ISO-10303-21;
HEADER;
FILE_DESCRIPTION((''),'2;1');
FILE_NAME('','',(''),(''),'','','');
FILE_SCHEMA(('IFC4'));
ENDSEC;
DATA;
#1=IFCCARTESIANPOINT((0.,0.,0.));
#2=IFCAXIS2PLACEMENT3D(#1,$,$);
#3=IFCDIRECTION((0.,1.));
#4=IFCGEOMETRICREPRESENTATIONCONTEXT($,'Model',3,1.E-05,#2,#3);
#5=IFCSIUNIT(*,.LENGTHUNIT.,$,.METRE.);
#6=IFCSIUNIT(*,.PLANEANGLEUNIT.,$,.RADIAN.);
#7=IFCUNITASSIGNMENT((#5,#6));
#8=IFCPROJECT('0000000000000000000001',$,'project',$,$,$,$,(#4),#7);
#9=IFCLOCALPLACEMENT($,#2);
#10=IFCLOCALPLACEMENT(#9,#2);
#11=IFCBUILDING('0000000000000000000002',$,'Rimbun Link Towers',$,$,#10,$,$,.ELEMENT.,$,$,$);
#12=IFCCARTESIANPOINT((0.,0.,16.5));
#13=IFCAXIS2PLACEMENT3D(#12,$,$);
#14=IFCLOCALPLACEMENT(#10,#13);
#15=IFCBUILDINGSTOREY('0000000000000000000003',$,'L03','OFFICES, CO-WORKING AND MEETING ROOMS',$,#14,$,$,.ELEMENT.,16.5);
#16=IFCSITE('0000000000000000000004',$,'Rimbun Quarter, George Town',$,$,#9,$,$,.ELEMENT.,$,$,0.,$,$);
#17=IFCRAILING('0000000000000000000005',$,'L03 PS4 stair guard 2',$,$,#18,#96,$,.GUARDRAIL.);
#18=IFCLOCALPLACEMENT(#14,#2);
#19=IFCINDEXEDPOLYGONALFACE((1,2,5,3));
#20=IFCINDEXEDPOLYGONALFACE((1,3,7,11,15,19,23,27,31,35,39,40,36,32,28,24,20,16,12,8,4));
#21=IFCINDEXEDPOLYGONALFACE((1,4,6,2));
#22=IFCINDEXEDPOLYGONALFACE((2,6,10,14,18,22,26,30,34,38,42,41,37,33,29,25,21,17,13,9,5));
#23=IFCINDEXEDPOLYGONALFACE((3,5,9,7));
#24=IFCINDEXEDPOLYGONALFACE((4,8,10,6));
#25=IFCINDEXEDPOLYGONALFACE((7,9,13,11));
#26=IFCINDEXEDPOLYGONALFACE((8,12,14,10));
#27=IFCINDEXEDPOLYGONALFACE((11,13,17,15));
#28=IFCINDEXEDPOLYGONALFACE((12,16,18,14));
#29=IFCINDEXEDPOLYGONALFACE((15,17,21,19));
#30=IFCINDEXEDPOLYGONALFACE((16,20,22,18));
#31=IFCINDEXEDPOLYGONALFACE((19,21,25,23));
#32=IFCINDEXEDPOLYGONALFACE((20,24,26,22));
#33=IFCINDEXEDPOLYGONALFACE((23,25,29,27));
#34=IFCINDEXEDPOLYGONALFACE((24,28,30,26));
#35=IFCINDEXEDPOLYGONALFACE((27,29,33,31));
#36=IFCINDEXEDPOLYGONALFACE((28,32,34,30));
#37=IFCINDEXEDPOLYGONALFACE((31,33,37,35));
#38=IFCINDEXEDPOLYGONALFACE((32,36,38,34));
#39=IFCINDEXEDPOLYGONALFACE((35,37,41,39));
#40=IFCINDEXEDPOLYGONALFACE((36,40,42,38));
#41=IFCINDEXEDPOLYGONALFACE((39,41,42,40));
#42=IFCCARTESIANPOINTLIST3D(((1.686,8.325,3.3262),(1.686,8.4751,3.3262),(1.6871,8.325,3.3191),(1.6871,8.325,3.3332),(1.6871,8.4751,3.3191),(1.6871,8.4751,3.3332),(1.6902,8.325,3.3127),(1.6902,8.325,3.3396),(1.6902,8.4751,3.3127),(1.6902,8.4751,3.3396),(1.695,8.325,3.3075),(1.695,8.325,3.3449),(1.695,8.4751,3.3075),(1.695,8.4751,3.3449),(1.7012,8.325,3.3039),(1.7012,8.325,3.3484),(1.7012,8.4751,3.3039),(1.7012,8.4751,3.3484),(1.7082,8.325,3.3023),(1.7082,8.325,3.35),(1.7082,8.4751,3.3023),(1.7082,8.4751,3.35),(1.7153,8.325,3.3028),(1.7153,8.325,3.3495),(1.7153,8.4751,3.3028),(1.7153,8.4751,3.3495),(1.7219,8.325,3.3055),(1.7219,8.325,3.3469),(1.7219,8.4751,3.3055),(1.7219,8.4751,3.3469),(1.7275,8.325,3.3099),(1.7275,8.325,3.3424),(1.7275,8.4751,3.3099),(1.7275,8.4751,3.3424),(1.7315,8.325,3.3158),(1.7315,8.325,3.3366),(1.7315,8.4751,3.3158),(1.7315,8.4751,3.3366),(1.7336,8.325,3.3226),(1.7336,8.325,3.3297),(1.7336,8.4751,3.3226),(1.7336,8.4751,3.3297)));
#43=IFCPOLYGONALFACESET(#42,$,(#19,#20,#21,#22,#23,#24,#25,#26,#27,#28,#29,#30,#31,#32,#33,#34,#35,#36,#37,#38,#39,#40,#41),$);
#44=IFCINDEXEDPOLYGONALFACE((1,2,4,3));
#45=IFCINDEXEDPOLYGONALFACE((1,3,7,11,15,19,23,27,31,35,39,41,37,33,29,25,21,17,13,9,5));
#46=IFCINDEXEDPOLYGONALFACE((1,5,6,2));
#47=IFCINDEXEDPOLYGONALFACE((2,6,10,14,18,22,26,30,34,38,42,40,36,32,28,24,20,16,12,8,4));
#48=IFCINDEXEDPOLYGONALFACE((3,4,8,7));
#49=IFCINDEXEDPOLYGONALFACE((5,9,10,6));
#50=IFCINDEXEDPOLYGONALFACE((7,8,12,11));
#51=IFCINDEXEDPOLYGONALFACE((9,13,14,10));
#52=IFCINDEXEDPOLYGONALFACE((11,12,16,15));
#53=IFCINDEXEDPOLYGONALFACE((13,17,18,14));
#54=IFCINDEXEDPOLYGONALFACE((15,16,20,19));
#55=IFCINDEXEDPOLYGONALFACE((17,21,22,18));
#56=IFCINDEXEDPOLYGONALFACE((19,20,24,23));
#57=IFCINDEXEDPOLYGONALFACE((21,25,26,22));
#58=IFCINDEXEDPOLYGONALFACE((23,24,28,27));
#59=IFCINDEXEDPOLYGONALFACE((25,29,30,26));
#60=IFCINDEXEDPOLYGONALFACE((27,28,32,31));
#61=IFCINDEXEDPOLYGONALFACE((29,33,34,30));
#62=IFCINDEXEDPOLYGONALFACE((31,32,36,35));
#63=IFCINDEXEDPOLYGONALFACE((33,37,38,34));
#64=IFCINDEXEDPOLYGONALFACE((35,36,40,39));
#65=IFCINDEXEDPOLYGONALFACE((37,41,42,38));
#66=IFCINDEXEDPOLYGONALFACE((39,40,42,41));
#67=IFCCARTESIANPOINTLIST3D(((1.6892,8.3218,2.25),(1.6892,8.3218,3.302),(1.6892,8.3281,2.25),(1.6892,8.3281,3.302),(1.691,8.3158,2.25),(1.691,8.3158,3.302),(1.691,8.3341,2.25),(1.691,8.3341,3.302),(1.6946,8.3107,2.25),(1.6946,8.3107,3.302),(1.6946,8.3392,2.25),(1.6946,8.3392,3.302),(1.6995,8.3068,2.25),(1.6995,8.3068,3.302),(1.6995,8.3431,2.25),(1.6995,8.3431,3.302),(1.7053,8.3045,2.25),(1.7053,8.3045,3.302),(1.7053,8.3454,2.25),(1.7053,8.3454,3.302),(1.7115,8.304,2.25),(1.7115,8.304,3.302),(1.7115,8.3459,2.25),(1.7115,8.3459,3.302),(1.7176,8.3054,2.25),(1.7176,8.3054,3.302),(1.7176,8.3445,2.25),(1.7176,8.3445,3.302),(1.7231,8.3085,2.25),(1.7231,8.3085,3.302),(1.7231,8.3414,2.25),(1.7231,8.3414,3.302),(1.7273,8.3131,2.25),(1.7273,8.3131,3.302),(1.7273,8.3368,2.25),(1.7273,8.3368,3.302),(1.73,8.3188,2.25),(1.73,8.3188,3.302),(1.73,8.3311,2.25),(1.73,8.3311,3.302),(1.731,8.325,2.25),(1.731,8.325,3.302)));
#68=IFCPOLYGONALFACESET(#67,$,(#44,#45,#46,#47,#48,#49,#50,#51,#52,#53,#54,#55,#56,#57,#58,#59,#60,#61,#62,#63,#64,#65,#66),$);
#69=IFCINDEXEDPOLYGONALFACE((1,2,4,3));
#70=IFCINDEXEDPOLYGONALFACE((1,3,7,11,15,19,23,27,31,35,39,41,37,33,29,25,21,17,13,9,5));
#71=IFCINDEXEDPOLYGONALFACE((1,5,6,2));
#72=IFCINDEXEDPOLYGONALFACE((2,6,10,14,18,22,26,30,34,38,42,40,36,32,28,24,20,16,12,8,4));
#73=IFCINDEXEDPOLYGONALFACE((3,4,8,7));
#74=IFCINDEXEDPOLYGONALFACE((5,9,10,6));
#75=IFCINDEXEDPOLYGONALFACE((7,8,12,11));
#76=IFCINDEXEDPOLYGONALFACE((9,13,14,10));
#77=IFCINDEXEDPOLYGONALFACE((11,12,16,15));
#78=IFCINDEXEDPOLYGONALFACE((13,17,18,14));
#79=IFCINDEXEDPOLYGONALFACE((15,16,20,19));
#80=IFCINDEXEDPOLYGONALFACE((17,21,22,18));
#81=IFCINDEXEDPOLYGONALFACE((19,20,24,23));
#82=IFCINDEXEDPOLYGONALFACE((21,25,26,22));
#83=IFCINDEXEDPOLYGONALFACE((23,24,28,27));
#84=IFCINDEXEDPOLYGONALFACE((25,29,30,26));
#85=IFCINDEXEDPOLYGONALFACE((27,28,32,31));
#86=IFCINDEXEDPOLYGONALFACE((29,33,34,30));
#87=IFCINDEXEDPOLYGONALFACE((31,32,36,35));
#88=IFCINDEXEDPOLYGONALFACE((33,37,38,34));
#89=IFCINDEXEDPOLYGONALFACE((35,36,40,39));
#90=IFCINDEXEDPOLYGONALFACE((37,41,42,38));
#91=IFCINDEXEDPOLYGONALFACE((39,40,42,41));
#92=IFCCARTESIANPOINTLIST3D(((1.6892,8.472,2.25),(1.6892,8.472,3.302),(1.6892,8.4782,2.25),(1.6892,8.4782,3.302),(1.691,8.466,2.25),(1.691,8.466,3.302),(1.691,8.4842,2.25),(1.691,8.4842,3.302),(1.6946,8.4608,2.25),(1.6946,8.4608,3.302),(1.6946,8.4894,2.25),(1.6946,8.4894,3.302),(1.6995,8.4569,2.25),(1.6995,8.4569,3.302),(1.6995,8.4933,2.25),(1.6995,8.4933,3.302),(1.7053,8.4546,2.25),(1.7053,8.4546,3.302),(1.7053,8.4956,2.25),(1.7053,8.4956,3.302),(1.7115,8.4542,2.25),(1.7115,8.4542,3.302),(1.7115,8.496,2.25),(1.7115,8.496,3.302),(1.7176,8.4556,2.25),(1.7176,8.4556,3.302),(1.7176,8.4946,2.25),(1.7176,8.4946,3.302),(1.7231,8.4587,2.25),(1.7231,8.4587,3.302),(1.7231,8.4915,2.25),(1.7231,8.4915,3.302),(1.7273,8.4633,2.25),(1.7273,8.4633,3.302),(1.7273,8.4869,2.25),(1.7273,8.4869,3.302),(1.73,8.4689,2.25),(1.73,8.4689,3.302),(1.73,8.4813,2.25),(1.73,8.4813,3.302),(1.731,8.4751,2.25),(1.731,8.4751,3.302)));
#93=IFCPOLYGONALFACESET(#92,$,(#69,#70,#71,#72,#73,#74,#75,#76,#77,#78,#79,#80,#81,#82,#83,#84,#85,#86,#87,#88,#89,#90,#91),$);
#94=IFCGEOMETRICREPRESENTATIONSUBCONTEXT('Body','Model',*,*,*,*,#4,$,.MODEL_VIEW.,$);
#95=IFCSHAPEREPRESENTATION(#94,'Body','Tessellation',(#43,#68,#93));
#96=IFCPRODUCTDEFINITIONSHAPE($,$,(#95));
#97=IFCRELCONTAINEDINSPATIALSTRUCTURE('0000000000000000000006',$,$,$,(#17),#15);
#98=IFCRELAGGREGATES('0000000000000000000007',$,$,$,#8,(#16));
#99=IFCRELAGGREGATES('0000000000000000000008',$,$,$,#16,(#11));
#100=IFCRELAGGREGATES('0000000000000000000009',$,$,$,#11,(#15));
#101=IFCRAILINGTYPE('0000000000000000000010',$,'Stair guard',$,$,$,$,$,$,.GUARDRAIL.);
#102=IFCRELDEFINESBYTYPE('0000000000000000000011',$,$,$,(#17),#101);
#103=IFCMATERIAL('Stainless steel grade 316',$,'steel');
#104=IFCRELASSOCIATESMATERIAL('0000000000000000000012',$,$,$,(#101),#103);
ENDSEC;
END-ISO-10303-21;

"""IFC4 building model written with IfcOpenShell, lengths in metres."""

from ifc_helpers import new_model, si_unit, direction, frame, origin, origin_2d, place, context, subcontext, project, spatial, circle, extrude, material, type_object, element, save


model = new_model("IFC4")

# Units and contexts
model_context = context("Model", 3, precision=1e-05, world=origin(), true_north=direction((0.0, 1.0)))
body_context = subcontext(model_context, "Body", "Model", "MODEL_VIEW")
ifc_project = project(units=[si_unit("LENGTHUNIT", "METRE"), si_unit("PLANEANGLEUNIT", "RADIAN")], contexts=[model_context])

# Site, building, storey
site_placement = place(None, origin())
site = spatial("IfcSite", under=ifc_project, at=site_placement, Name="Rimbun Quarter, George Town", CompositionType="ELEMENT", RefElevation=0.0)
building_placement = place(site_placement, origin())
building = spatial("IfcBuilding", under=site, at=building_placement, Name="Rimbun Link Towers", CompositionType="ELEMENT")
storey_placement = place(building_placement, frame((0.0, 0.0, 16.5)))
storey = spatial("IfcBuildingStorey", under=building, at=storey_placement, Name="L03", Description="OFFICES, CO-WORKING AND MEETING ROOMS", CompositionType="ELEMENT", Elevation=16.5)

# Railing
ifc_material_1 = material(Name="Stainless steel grade 316", Category="steel")
railing_type_1 = type_object("IfcRailingType", Name="Stair guard", PredefinedType="GUARDRAIL", material=ifc_material_1)
railing_1_placement = place(storey_placement, frame((1.71, 8.325, 2.25)))
element("IfcRailing", 1, at=railing_1_placement, inside=storey, type_object=railing_type_1, Name="L03 PS4 stair guard 2", PredefinedType="GUARDRAIL", context=body_context, shape_type="SweptSolid", body=[
    extrude(circle(Radius=0.0239, at=origin_2d()), frame((0.0, 0.0, 1.0762), z_axis=(0.0, 1.0, 0.0), x_axis=(-1.0, 0.0, 0.0)), (0.0, 0.0, 1.0), 0.1501),
    extrude(circle(Radius=0.021, at=origin_2d()), origin(), (0.0, 0.0, 1.0), 1.052),
    extrude(circle(Radius=0.021, at=origin_2d()), frame((0.0, 0.1501, 0.0)), (0.0, 0.0, 1.0), 1.052),
])

save(model, "model.ifc")
